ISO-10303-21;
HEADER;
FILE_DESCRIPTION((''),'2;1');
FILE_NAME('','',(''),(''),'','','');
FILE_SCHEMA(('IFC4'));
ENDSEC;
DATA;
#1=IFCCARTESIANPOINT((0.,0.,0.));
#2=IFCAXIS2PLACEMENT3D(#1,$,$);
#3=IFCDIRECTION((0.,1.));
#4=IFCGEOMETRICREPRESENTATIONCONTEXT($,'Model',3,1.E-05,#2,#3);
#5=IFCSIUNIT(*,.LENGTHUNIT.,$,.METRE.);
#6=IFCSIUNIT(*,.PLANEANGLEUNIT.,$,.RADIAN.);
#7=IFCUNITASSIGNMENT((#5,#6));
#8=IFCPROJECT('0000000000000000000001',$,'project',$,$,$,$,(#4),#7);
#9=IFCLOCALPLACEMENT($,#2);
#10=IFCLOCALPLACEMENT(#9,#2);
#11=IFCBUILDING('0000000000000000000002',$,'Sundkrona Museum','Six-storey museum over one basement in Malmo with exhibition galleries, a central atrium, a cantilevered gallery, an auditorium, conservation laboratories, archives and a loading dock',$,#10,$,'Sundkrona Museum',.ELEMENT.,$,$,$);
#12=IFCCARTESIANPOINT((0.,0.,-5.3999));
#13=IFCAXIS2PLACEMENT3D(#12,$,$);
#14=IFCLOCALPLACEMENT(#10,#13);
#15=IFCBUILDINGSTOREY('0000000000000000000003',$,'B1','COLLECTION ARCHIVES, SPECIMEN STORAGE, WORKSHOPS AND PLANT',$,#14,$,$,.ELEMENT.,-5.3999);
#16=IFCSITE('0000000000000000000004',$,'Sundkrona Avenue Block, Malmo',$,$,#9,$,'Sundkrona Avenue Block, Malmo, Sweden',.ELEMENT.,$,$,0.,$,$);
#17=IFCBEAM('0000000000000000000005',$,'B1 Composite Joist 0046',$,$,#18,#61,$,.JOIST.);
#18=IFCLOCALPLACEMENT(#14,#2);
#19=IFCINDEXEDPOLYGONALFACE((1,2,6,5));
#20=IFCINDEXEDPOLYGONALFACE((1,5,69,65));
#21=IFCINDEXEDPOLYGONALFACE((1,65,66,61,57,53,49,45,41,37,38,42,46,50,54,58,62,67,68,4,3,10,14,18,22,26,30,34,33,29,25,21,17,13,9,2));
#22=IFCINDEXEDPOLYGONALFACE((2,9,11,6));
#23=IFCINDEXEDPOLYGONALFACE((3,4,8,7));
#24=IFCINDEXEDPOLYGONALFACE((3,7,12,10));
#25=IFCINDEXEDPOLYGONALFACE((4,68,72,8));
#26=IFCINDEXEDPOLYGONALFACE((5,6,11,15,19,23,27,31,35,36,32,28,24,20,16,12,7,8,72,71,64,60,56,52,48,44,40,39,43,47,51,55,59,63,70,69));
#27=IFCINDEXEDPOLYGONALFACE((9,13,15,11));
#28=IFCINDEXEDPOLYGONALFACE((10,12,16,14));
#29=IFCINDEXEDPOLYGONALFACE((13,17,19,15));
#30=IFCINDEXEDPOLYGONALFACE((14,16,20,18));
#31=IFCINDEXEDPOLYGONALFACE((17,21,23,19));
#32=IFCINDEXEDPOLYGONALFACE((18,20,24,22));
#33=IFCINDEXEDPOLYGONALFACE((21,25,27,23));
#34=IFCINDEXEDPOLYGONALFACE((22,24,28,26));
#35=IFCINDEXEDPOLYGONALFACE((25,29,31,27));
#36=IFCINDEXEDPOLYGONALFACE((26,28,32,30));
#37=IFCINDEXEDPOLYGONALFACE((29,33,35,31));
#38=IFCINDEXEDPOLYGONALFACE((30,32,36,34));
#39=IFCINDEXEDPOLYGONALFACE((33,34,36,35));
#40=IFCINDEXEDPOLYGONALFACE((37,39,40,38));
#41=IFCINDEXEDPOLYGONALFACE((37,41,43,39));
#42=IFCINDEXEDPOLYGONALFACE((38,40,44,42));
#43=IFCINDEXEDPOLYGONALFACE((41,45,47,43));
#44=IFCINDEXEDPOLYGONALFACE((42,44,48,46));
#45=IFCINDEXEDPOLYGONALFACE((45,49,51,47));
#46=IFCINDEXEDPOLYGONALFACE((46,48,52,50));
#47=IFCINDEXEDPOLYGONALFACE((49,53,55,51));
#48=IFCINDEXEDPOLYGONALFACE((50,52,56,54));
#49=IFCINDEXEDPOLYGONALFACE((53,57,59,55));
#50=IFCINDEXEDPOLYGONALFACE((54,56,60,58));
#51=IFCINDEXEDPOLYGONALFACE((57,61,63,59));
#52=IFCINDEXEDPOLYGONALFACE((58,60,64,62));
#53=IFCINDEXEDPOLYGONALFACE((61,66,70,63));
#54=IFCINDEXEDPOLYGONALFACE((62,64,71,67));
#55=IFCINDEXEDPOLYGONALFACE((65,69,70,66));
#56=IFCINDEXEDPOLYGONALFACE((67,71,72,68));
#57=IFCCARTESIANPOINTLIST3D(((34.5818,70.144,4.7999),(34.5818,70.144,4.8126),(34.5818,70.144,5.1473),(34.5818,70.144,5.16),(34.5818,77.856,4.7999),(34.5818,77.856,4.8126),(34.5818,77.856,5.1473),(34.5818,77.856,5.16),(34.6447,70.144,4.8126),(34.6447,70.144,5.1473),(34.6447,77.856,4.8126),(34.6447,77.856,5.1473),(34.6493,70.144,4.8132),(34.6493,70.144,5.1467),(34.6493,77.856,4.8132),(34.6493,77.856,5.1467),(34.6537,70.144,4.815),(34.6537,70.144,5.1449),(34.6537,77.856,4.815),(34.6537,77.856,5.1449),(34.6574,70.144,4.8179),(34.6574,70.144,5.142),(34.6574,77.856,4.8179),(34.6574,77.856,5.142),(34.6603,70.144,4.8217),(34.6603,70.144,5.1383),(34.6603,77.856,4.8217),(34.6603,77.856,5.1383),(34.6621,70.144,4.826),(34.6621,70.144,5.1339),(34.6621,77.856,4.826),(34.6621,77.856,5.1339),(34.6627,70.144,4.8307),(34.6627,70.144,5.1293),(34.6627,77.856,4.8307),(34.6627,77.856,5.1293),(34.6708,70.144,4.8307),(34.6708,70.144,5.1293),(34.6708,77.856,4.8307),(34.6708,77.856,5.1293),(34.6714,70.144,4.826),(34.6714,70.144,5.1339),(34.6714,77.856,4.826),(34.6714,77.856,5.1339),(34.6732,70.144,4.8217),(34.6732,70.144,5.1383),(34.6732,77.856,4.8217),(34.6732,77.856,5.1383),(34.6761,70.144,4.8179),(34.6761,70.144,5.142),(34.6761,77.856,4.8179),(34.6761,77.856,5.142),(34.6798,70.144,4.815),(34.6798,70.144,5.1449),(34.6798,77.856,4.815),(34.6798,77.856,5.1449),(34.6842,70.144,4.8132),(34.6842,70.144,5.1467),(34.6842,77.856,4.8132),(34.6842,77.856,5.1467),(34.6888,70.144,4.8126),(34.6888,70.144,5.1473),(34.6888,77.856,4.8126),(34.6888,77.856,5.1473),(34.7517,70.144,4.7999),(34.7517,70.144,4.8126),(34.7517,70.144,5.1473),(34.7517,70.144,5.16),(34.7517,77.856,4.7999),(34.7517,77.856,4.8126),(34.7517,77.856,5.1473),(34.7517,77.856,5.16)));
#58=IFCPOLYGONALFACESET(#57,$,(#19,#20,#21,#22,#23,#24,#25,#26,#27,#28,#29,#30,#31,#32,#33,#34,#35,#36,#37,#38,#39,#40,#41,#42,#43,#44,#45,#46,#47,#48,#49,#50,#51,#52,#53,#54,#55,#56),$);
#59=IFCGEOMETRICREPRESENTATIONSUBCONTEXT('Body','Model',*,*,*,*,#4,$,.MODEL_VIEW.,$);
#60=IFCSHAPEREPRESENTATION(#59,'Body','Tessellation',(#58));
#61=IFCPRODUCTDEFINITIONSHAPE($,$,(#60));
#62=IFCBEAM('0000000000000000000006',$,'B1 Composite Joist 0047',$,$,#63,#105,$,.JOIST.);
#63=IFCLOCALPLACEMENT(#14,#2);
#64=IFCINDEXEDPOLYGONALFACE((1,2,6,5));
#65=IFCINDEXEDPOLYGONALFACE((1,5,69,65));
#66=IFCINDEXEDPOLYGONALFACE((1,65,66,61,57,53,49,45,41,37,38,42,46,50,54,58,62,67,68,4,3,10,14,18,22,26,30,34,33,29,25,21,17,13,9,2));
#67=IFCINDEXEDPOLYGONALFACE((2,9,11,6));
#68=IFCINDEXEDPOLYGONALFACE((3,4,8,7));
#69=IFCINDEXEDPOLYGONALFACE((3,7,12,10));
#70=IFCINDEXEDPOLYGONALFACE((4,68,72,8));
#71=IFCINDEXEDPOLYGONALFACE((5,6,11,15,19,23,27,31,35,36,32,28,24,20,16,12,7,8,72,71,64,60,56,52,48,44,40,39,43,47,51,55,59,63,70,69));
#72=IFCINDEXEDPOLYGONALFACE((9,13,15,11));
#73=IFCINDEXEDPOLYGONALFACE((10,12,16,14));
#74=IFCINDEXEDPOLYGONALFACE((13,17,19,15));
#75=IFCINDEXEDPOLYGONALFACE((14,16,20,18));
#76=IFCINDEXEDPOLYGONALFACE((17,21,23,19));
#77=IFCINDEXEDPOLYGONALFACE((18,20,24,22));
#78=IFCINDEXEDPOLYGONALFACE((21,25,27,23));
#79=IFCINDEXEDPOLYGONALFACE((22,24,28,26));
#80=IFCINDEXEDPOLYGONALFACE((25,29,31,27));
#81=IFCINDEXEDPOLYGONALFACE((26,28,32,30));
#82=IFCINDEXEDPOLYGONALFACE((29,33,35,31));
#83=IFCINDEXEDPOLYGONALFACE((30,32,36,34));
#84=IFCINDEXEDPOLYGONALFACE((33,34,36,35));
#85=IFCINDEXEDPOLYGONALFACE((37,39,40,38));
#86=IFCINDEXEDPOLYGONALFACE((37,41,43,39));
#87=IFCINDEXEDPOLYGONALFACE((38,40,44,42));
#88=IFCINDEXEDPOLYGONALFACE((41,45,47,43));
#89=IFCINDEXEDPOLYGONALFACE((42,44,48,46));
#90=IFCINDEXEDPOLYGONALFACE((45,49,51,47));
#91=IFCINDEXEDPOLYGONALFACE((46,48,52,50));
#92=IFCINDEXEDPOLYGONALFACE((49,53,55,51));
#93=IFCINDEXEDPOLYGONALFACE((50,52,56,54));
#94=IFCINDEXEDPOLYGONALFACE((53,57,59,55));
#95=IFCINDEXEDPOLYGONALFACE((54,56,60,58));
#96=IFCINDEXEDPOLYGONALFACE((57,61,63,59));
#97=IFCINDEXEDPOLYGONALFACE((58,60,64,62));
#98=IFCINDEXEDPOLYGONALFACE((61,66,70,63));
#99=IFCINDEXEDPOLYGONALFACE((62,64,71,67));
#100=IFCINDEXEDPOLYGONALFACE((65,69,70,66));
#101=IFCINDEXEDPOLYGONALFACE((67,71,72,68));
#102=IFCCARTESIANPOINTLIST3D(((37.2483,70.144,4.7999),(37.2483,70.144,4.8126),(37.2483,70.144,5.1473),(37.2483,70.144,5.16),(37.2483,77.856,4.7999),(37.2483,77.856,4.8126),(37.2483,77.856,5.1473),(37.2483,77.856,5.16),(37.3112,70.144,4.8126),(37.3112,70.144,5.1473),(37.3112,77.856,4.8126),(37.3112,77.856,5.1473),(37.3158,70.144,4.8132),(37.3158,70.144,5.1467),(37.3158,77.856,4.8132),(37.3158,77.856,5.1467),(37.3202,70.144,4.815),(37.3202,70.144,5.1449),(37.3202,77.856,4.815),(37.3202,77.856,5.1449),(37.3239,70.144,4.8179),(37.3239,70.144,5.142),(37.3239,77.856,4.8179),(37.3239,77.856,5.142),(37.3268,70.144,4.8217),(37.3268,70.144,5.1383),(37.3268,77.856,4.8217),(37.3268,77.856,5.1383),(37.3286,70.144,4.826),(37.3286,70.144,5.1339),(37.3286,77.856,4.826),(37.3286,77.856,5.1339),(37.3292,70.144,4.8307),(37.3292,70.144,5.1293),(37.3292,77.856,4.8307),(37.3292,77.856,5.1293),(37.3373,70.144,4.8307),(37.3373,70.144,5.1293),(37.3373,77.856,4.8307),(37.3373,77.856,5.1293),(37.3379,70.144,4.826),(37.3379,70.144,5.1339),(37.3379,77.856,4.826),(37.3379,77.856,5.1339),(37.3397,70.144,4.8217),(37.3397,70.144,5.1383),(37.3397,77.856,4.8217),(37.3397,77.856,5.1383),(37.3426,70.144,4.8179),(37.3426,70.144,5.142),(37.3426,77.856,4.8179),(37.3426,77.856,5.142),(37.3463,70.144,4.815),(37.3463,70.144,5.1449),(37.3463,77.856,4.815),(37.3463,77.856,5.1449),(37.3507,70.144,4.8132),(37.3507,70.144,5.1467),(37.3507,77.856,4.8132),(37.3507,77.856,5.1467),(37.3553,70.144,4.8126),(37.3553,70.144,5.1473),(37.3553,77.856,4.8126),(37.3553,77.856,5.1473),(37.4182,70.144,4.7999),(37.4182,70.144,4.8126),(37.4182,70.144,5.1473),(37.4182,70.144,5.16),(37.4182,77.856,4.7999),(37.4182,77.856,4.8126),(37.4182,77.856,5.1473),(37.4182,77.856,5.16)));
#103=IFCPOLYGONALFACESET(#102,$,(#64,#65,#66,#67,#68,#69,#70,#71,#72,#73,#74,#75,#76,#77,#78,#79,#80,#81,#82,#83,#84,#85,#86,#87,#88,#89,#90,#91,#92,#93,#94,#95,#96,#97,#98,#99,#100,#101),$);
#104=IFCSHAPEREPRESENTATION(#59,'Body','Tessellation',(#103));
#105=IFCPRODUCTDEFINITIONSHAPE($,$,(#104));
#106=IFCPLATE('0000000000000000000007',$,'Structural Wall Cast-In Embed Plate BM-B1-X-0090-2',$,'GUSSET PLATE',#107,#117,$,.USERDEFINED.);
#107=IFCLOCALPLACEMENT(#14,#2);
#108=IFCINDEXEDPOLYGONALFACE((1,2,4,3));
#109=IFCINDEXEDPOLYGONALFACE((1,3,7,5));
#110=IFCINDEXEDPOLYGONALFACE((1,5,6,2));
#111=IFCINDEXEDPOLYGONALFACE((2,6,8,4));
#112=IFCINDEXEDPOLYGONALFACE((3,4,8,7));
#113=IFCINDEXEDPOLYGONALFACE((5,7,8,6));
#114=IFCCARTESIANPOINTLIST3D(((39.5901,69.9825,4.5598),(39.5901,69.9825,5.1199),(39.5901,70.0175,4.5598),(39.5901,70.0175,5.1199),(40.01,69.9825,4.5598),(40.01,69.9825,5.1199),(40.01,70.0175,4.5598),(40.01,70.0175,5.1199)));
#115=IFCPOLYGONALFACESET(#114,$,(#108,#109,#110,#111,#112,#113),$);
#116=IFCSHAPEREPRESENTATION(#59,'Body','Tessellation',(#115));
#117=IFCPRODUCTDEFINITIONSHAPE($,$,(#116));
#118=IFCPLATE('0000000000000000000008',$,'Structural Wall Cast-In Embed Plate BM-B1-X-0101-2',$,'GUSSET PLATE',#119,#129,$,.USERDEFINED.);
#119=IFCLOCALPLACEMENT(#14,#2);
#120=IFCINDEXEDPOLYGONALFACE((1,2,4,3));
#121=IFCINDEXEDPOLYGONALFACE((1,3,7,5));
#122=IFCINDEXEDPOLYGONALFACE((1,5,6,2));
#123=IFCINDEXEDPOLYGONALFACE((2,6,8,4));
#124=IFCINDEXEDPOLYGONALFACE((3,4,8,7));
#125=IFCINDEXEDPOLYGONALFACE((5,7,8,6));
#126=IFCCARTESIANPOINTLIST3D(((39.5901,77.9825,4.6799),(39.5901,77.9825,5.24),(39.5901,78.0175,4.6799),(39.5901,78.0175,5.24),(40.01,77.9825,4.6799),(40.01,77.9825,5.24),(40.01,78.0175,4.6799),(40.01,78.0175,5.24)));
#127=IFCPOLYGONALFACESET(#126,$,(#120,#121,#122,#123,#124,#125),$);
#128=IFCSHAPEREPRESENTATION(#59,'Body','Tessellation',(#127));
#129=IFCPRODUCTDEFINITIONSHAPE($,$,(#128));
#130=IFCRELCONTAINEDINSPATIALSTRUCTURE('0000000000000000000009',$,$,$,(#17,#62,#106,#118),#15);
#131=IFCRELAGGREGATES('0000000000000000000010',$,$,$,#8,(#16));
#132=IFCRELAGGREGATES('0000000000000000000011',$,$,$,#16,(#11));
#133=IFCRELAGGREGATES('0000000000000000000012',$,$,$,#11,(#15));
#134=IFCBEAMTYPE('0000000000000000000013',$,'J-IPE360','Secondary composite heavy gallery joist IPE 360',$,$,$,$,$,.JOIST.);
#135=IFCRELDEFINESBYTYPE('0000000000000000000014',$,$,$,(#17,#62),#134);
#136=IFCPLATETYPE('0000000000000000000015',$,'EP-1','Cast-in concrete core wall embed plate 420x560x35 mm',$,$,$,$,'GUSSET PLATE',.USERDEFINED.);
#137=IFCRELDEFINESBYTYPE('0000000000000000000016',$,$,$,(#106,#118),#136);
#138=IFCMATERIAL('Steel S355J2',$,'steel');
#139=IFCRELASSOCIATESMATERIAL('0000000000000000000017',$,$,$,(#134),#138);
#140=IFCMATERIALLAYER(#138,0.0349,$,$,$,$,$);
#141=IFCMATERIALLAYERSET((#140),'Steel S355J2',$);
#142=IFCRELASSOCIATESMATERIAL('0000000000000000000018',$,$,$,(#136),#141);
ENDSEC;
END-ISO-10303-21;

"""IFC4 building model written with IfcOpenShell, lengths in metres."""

from ifc_helpers import new_model, si_unit, direction, frame, origin, origin_2d, place, context, subcontext, project, spatial, rectangle, i_section, extrude, material, layer, layer_set, material_profile, profile_set, type_object, element, save


model = new_model("IFC4")

# Units and contexts
model_context = context("Model", 3, precision=1e-05, world=origin(), true_north=direction((0.0, 1.0)))
body_context = subcontext(model_context, "Body", "Model", "MODEL_VIEW")
ifc_project = project(units=[si_unit("LENGTHUNIT", "METRE"), si_unit("PLANEANGLEUNIT", "RADIAN")], contexts=[model_context])

# Site, building, storey
site_placement = place(None, origin())
site = spatial("IfcSite", under=ifc_project, at=site_placement, Name="Sundkrona Avenue Block, Malmo", LongName="Sundkrona Avenue Block, Malmo, Sweden", CompositionType="ELEMENT", RefElevation=0.0)
building_placement = place(site_placement, origin())
building = spatial("IfcBuilding", under=site, at=building_placement, Name="Sundkrona Museum", Description="Six-storey museum over one basement in Malmo with exhibition galleries, a central atrium, a cantilevered gallery, an auditorium, conservation laboratories, archives and a loading dock", LongName="Sundkrona Museum", CompositionType="ELEMENT")
storey_placement = place(building_placement, frame((0.0, 0.0, -5.3999)))
storey = spatial("IfcBuildingStorey", under=building, at=storey_placement, Name="B1", Description="COLLECTION ARCHIVES, SPECIMEN STORAGE, WORKSHOPS AND PLANT", CompositionType="ELEMENT", Elevation=-5.3999)

# Beams
ifc_material_1 = material(Name="Steel S355J2", Category="steel")
ifc_material_profile_1 = material_profile(ifc_material_1, i_section(OverallWidth=0.1699, OverallDepth=0.3601, WebThickness=0.0081, FlangeThickness=0.0127, FilletRadius=0.0181, at=origin_2d()), Name="IPE 360")
ifc_profile_set_1 = profile_set([ifc_material_profile_1], Name="Steel S355J2")
beam_type_1 = type_object("IfcBeamType", Name="J-IPE360", Description="Secondary composite heavy gallery joist IPE 360", PredefinedType="JOIST", material=ifc_profile_set_1)
for number, where, z_axis, x_axis, name in (
    (1, (34.6667, 70.144, 4.98), (0.0, 1.0, 0.0), (-1.0, 0.0, 0.0), "B1 Composite Joist 0046"),
    (2, (37.3333, 70.144, 4.98), (0.0, 1.0, 0.0), (-1.0, 0.0, 0.0), "B1 Composite Joist 0047"),
):
    element("IfcBeam", number, at=place(storey_placement, frame(where, z_axis=z_axis, x_axis=x_axis)), inside=storey, type_object=beam_type_1, Name=name, PredefinedType="JOIST", context=body_context, shape_type="SweptSolid", body=[
        extrude(i_section(OverallWidth=0.1699, OverallDepth=0.3601, WebThickness=0.0081, FlangeThickness=0.0127, FilletRadius=0.0181, at=origin_2d()), origin(), (0.0, 0.0, 1.0), 7.7119),
    ])

# Plates
ifc_layer = layer(ifc_material_1, 0.0349)
ifc_layer_set = layer_set([ifc_layer], Name="Steel S355J2")
plate_type = type_object("IfcPlateType", Name="EP-1", Description="Cast-in concrete core wall embed plate 420x560x35 mm", ElementType="GUSSET PLATE", PredefinedType="USERDEFINED", material=ifc_layer_set)
for number, where, z_axis, x_axis, name in (
    (3, (39.8, 70.0, 4.5598), (0.0, 0.0, 1.0), (1.0, 0.0, 0.0), "Structural Wall Cast-In Embed Plate BM-B1-X-0090-2"),
    (4, (39.8, 78.0, 4.6799), (0.0, 0.0, 1.0), (1.0, 0.0, 0.0), "Structural Wall Cast-In Embed Plate BM-B1-X-0101-2"),
):
    element("IfcPlate", number, at=place(storey_placement, frame(where, z_axis=z_axis, x_axis=x_axis)), inside=storey, type_object=plate_type, Name=name, ObjectType="GUSSET PLATE", PredefinedType="USERDEFINED", context=body_context, shape_type="SweptSolid", body=[
        extrude(rectangle(XDim=0.4199, YDim=0.0349, at=origin_2d()), origin(), (0.0, 0.0, 1.0), 0.5601),
    ])

save(model, "model.ifc")
